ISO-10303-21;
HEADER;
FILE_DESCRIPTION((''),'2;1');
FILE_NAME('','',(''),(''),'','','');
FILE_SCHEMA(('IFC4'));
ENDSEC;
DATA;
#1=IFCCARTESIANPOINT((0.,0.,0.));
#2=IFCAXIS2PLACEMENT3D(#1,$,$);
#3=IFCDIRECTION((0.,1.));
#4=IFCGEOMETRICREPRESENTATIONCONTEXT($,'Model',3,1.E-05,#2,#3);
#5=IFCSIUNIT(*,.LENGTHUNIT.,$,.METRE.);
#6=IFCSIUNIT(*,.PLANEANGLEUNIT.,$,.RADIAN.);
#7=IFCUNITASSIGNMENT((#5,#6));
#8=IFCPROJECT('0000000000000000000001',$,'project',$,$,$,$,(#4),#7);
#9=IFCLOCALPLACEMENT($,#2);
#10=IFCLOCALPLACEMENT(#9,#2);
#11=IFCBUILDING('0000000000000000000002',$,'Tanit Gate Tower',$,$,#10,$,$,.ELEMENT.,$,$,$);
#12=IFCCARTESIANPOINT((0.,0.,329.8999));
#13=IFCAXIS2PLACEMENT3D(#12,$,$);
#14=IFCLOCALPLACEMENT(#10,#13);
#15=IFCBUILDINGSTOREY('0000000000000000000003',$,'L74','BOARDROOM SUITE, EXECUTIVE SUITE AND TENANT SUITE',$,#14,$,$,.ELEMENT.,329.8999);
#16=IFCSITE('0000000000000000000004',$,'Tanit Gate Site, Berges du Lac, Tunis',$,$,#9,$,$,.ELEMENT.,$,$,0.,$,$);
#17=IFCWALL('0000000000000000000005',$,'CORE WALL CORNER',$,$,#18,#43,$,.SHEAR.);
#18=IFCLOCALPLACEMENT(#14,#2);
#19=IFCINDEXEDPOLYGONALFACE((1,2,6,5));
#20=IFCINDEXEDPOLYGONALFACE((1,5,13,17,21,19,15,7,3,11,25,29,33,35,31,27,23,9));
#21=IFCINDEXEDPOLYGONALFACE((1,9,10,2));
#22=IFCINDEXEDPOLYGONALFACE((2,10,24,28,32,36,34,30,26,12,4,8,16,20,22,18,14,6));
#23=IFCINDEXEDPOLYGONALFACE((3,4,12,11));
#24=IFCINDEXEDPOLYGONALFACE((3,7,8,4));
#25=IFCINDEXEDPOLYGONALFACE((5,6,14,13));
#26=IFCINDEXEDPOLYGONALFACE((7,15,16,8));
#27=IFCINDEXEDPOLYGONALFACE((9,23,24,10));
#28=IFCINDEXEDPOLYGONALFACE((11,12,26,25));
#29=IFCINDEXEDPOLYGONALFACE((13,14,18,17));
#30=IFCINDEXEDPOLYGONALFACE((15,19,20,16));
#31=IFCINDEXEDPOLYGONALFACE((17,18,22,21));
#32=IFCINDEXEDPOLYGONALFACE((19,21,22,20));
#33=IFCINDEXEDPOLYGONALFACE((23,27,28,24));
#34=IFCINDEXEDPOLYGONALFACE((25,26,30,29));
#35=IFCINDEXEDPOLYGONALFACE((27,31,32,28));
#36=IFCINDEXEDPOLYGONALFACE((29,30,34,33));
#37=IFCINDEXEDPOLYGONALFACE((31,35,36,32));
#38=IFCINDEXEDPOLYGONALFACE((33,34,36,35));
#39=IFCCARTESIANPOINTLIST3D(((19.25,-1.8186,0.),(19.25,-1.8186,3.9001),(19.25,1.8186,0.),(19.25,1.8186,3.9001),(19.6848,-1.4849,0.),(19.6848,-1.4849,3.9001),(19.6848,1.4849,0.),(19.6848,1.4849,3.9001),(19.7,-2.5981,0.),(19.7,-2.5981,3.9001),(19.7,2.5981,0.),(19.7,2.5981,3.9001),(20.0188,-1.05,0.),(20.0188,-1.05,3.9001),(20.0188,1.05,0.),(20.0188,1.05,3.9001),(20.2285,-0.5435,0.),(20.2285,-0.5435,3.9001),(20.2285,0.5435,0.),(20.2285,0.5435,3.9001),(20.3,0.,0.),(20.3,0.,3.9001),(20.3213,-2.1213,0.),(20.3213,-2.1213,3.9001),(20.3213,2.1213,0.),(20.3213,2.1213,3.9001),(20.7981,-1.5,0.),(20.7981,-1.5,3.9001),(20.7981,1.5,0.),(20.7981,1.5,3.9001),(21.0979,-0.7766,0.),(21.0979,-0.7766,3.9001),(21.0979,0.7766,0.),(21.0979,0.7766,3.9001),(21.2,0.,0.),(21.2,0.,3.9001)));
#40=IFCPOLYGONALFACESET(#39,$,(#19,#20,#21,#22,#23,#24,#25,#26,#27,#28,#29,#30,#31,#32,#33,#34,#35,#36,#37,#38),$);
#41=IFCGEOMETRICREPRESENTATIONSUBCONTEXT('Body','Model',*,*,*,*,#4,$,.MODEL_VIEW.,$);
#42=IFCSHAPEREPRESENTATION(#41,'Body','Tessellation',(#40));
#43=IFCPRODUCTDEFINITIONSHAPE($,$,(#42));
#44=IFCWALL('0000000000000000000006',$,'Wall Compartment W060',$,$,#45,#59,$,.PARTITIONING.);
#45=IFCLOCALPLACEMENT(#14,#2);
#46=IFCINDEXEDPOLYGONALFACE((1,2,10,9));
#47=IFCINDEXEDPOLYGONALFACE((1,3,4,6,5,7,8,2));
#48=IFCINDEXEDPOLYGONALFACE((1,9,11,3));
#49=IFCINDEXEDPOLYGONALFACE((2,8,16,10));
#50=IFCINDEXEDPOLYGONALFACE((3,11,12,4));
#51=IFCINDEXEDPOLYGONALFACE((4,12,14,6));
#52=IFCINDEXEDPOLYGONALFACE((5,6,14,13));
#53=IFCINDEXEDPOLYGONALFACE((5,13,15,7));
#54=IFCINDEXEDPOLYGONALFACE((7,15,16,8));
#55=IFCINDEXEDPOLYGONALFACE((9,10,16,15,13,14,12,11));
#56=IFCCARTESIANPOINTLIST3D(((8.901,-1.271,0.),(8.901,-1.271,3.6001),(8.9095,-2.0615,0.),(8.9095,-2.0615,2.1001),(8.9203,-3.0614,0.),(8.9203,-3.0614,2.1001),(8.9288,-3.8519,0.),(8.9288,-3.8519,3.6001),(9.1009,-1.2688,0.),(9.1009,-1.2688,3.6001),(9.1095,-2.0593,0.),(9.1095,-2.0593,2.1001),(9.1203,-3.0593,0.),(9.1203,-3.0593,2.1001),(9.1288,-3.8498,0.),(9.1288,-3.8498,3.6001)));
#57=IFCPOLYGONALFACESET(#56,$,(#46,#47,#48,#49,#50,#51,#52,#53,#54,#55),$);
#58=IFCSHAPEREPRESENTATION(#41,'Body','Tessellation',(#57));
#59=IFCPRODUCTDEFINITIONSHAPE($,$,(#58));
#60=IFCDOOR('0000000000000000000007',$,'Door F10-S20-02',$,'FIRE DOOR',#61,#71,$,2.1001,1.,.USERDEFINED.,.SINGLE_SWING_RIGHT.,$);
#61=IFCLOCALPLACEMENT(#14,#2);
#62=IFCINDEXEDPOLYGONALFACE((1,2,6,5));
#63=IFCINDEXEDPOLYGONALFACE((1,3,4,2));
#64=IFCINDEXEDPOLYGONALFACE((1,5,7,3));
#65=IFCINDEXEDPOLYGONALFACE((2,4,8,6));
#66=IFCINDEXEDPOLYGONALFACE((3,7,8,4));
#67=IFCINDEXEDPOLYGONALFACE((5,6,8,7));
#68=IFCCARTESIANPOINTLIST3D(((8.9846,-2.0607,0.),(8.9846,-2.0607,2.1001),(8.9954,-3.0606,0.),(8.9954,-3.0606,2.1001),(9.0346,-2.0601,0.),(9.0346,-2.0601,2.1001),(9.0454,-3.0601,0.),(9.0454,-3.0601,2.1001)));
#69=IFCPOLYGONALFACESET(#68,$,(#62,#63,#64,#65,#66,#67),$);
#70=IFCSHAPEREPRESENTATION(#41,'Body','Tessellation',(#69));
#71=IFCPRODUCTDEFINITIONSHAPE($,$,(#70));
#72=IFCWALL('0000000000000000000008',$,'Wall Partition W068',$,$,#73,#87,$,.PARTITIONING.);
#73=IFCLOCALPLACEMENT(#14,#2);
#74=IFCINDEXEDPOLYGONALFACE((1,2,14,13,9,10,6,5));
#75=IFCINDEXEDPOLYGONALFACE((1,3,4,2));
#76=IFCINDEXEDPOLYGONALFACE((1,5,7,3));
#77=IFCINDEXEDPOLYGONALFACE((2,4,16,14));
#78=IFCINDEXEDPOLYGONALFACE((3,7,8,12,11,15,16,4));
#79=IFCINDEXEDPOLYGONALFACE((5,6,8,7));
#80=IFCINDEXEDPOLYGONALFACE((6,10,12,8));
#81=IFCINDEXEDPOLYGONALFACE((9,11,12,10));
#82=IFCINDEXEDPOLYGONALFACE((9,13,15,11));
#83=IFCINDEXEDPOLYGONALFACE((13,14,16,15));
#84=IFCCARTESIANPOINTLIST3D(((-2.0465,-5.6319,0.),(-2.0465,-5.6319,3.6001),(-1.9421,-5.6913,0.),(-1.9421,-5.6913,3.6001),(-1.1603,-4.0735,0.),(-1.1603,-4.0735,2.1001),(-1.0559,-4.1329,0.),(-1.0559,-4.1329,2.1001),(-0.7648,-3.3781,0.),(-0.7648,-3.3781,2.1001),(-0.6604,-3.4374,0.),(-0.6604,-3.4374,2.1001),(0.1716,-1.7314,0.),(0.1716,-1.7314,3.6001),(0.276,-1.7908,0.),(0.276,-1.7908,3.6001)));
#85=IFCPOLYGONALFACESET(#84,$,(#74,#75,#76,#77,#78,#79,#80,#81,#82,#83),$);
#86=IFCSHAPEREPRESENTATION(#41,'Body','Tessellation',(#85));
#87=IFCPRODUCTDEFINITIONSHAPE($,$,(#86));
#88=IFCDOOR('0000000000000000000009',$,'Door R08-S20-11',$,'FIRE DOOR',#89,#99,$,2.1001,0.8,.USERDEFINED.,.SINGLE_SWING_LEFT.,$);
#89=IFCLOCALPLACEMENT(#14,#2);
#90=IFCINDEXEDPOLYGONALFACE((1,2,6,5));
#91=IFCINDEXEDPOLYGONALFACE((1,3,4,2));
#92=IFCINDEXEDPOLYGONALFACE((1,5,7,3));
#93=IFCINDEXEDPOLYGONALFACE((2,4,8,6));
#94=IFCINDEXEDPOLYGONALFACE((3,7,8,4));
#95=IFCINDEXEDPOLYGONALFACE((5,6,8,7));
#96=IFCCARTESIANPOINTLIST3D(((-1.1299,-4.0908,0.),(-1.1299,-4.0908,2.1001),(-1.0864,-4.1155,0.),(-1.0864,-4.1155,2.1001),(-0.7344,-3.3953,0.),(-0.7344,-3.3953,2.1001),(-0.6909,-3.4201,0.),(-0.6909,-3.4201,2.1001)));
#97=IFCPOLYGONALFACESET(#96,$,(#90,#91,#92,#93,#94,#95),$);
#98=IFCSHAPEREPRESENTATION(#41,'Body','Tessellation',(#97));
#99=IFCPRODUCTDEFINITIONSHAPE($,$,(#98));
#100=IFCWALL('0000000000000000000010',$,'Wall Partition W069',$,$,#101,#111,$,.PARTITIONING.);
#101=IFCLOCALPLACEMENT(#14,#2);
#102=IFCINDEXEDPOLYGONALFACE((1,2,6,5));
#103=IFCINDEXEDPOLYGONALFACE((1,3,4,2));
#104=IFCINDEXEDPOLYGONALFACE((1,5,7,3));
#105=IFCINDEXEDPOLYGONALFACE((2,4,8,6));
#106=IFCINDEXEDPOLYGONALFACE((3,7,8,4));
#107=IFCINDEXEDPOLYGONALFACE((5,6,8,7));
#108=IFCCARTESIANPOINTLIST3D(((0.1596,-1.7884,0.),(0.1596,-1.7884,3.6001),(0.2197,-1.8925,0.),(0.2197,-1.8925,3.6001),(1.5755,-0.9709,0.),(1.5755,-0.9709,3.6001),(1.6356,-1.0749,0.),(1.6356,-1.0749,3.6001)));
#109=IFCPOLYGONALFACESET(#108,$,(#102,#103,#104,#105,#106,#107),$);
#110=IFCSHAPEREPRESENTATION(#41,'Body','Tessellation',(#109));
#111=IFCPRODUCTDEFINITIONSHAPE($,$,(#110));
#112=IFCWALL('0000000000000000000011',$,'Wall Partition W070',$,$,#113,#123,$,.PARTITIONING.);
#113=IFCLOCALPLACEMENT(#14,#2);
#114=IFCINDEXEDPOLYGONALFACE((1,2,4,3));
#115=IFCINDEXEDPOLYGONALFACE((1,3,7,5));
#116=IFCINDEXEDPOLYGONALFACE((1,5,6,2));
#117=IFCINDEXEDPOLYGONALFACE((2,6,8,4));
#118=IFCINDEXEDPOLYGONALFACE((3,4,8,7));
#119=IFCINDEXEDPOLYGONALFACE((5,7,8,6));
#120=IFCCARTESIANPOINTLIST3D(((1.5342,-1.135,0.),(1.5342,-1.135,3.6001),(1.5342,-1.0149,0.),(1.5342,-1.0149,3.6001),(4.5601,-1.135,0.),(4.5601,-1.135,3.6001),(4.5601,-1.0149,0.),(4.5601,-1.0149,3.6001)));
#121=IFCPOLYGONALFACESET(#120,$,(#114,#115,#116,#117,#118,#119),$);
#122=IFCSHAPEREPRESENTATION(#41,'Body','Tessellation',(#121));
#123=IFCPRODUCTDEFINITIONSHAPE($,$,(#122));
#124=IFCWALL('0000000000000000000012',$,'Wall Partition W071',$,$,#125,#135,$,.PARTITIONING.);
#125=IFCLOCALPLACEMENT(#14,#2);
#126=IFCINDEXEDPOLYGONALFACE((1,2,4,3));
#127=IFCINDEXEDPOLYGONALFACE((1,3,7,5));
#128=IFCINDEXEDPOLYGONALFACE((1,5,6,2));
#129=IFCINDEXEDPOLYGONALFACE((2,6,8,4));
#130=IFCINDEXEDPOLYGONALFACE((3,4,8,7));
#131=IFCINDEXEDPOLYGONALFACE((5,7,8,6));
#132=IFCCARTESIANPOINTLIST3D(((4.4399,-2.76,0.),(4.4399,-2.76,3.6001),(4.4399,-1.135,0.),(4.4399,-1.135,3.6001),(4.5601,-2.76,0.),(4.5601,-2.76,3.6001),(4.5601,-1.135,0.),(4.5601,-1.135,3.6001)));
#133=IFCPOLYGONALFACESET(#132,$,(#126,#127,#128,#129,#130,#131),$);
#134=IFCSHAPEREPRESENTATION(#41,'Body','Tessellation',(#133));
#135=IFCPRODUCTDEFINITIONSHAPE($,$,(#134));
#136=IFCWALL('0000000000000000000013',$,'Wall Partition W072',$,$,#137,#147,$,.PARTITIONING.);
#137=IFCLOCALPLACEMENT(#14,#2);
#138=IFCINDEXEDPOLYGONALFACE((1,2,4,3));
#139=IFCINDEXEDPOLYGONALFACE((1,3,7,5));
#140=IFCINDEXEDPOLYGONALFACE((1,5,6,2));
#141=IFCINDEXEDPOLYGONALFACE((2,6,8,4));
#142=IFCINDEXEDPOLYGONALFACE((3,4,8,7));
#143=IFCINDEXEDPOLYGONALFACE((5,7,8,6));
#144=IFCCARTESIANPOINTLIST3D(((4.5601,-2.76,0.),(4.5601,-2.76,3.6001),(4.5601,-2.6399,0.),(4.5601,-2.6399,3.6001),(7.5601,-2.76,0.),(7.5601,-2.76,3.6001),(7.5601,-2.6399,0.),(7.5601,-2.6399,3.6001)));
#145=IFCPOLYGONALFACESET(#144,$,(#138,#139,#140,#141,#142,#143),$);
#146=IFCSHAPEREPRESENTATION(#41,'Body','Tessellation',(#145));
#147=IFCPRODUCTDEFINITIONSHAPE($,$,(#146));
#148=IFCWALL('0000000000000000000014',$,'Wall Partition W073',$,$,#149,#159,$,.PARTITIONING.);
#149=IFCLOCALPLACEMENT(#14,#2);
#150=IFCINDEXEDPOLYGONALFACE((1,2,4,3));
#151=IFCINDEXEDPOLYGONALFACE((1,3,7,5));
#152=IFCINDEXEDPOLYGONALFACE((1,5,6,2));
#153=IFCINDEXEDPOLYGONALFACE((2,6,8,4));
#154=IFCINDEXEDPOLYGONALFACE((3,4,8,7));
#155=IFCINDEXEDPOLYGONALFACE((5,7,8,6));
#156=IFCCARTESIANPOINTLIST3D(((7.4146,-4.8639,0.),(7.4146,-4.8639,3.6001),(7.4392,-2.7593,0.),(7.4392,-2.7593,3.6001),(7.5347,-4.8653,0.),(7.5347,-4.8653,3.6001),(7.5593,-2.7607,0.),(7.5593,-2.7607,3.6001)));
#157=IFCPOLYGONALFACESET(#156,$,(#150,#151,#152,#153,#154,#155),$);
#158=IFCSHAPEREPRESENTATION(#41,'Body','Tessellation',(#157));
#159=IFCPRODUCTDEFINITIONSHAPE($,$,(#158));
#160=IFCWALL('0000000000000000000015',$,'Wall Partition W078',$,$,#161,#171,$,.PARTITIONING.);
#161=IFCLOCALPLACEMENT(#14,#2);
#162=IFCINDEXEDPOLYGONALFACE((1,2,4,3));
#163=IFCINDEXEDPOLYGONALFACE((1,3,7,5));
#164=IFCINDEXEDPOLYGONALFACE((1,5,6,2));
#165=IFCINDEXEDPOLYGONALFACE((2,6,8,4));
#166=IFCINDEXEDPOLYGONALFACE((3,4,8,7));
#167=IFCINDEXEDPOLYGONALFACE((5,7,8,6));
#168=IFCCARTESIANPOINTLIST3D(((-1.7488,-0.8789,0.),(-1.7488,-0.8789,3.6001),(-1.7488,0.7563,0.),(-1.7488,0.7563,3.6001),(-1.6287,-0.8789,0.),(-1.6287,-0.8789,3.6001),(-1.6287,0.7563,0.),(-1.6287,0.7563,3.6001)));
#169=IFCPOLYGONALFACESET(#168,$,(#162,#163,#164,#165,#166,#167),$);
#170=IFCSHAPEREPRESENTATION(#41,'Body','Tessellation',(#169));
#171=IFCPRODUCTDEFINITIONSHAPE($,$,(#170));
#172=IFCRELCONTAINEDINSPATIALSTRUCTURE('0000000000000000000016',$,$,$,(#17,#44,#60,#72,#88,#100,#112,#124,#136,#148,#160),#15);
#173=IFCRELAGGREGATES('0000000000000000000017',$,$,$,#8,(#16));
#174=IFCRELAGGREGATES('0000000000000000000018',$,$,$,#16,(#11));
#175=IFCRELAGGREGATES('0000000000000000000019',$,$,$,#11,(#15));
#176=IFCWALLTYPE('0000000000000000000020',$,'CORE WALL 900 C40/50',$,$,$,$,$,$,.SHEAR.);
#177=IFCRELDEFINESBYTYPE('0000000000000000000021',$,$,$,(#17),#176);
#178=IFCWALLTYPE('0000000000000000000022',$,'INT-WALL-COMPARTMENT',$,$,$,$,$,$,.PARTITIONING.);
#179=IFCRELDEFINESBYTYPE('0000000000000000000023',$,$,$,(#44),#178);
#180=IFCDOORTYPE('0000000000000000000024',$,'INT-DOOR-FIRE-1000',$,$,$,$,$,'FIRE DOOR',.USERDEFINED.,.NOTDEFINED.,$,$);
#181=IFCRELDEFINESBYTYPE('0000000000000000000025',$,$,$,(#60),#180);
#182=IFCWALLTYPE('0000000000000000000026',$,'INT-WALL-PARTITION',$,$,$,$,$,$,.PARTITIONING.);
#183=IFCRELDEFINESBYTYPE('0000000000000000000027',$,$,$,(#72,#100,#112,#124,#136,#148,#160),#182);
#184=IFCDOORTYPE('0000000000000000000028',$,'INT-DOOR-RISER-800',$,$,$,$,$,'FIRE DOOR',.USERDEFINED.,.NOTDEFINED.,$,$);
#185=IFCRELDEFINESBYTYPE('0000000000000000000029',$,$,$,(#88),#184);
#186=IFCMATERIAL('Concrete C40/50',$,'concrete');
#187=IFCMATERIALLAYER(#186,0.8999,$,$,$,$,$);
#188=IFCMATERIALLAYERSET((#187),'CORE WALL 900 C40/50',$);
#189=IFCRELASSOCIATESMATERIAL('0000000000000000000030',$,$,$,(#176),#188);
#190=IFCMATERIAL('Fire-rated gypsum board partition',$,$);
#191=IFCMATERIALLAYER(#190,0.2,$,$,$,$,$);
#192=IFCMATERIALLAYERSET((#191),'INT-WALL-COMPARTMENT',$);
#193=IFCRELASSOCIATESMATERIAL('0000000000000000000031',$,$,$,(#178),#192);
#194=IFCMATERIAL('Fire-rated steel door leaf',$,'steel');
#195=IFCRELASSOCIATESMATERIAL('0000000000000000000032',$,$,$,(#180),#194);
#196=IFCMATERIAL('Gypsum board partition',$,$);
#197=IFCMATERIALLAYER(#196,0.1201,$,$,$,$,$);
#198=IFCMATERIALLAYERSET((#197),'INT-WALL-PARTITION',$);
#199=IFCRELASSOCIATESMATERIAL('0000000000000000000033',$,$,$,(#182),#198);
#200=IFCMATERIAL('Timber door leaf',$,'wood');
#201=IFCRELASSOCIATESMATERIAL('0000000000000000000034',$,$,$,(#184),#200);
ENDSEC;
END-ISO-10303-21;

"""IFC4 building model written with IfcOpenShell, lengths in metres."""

from ifc_helpers import new_model, si_unit, direction, frame, frame_2d, origin, place, context, subcontext, project, spatial, polyline, rectangle, outline, extrude, material, layer, layer_set, type_object, element, fill, save


model = new_model("IFC4")

# Units and contexts
model_context = context("Model", 3, precision=1e-05, world=origin(), true_north=direction((0.0, 1.0)))
body_context = subcontext(model_context, "Body", "Model", "MODEL_VIEW")
ifc_project = project(units=[si_unit("LENGTHUNIT", "METRE"), si_unit("PLANEANGLEUNIT", "RADIAN")], contexts=[model_context])

# Site, building, storey
site_placement = place(None, origin())
site = spatial("IfcSite", under=ifc_project, at=site_placement, Name="Tanit Gate Site, Berges du Lac, Tunis", CompositionType="ELEMENT", RefElevation=0.0)
building_placement = place(site_placement, origin())
building = spatial("IfcBuilding", under=site, at=building_placement, Name="Tanit Gate Tower", CompositionType="ELEMENT")
storey_placement = place(building_placement, frame((0.0, 0.0, 329.8999)))
storey = spatial("IfcBuildingStorey", under=building, at=storey_placement, Name="L74", Description="BOARDROOM SUITE, EXECUTIVE SUITE AND TENANT SUITE", CompositionType="ELEMENT", Elevation=329.8999)

# Wall
ifc_material_1 = material(Name="Concrete C40/50", Category="concrete")
ifc_layer_1 = layer(ifc_material_1, 0.8999)
ifc_layer_set_1 = layer_set([ifc_layer_1], Name="CORE WALL 900 C40/50")
wall_type_1 = type_object("IfcWallType", Name="CORE WALL 900 C40/50", PredefinedType="SHEAR", material=ifc_layer_set_1)
wall_1_placement = place(storey_placement, origin())
element("IfcWall", 1, at=wall_1_placement, inside=storey, type_object=wall_type_1, Name="CORE WALL CORNER", PredefinedType="SHEAR", context=body_context, shape_type="SweptSolid", body=[
    extrude(outline(polyline([(19.7, -2.5981), (20.3213, -2.1213), (20.7981, -1.5), (21.0979, -0.7766), (21.2, 0.0), (21.0979, 0.7766), (20.7981, 1.5), (20.3213, 2.1213), (19.7, 2.5981), (19.25, 1.8186), (19.6848, 1.4849), (20.0188, 1.05), (20.2285, 0.5435), (20.3, 0.0), (20.2285, -0.5435), (20.0188, -1.05), (19.6848, -1.4849), (19.25, -1.8186), (19.7, -2.5981)])), origin(), (0.0, 0.0, 1.0), 3.9001),
])

# Walls, openings, doors
ifc_material_2 = material(Name="Fire-rated gypsum board partition")
ifc_layer_2 = layer(ifc_material_2, 0.2)
ifc_layer_set_2 = layer_set([ifc_layer_2], Name="INT-WALL-COMPARTMENT")
wall_type_2 = type_object("IfcWallType", Name="INT-WALL-COMPARTMENT", PredefinedType="PARTITIONING", material=ifc_layer_set_2)
wall_2_placement = place(storey_placement, frame((9.0288, -3.8508, 0.0), z_axis=(0.0, 0.0, 1.0), x_axis=(-0.010784, 0.999942, 0.0)))
wall_2 = element("IfcWall", 2, at=wall_2_placement, inside=storey, type_object=wall_type_2, Name="Wall Compartment W060", PredefinedType="PARTITIONING", context=body_context, shape_type="SweptSolid", body=[
    extrude(rectangle(XDim=2.5811, YDim=0.2, at=frame_2d((1.2905, 0.0))), origin(), (0.0, 0.0, 1.0), 3.6001),
])
opening_1_placement = place(wall_2_placement, frame((0.7905, 0.0, 0.0)))
opening_1 = element("IfcOpeningElement", 3, at=opening_1_placement, cuts=wall_2, PredefinedType="OPENING", context=body_context, shape_type="SweptSolid", body=[
    extrude(rectangle(XDim=1.0, YDim=2.1001, at=frame_2d((0.5, 1.05))), frame((0.0, 0.1099, 0.0), z_axis=(0.0, -1.0, 0.0), x_axis=(1.0, 0.0, 0.0)), (0.0, 0.0, 1.0), 0.22),
])
ifc_material_3 = material(Name="Fire-rated steel door leaf", Category="steel")
door_type_1 = type_object("IfcDoorType", Name="INT-DOOR-FIRE-1000", ElementType="FIRE DOOR", OperationType="NOTDEFINED", PredefinedType="USERDEFINED", material=ifc_material_3)
door_1_placement = place(opening_1_placement, origin())
door_1 = element("IfcDoor", 4, at=door_1_placement, inside=storey, type_object=door_type_1, Name="Door F10-S20-02", ObjectType="FIRE DOOR", OperationType="SINGLE_SWING_RIGHT", OverallHeight=2.1001, OverallWidth=1.0, PredefinedType="USERDEFINED", context=body_context, shape_type="SweptSolid", body=[
    extrude(rectangle(XDim=1.0, YDim=2.1001, at=frame_2d((0.5, 1.05))), frame((0.0, 0.0249, 0.0), z_axis=(0.0, -1.0, 0.0), x_axis=(1.0, 0.0, 0.0)), (0.0, 0.0, 1.0), 0.05),
])
fill(opening_1, door_1)
ifc_material_4 = material(Name="Gypsum board partition")
ifc_layer_3 = layer(ifc_material_4, 0.1201)
ifc_layer_set_3 = layer_set([ifc_layer_3], Name="INT-WALL-PARTITION")
wall_type_3 = type_object("IfcWallType", Name="INT-WALL-PARTITION", PredefinedType="PARTITIONING", material=ifc_layer_set_3)
wall_3_placement = place(storey_placement, frame((0.2239, -1.761, 0.0), z_axis=(0.0, 0.0, 1.0), x_axis=(-0.494327, -0.869276, 0.0)))
wall_3 = element("IfcWall", 5, at=wall_3_placement, inside=storey, type_object=wall_type_3, Name="Wall Partition W068", PredefinedType="PARTITIONING", context=body_context, shape_type="SweptSolid", body=[
    extrude(rectangle(XDim=4.4871, YDim=0.1201, at=frame_2d((2.2437, 0.0))), origin(), (0.0, 0.0, 1.0), 3.6001),
])
opening_2_placement = place(wall_3_placement, frame((1.8945, 0.0, 0.0)))
opening_2 = element("IfcOpeningElement", 6, at=opening_2_placement, cuts=wall_3, PredefinedType="OPENING", context=body_context, shape_type="SweptSolid", body=[
    extrude(rectangle(XDim=0.8, YDim=2.1001, at=frame_2d((0.3999, 1.05))), frame((0.0, 0.0701, 0.0), z_axis=(0.0, -1.0, 0.0), x_axis=(1.0, 0.0, 0.0)), (0.0, 0.0, 1.0), 0.1401),
])
ifc_material_5 = material(Name="Timber door leaf", Category="wood")
door_type_2 = type_object("IfcDoorType", Name="INT-DOOR-RISER-800", ElementType="FIRE DOOR", OperationType="NOTDEFINED", PredefinedType="USERDEFINED", material=ifc_material_5)
door_2_placement = place(opening_2_placement, origin())
door_2 = element("IfcDoor", 7, at=door_2_placement, inside=storey, type_object=door_type_2, Name="Door R08-S20-11", ObjectType="FIRE DOOR", OperationType="SINGLE_SWING_LEFT", OverallHeight=2.1001, OverallWidth=0.8, PredefinedType="USERDEFINED", context=body_context, shape_type="SweptSolid", body=[
    extrude(rectangle(XDim=0.8, YDim=2.1001, at=frame_2d((0.3999, 1.05))), frame((0.0, 0.0249, 0.0), z_axis=(0.0, -1.0, 0.0), x_axis=(1.0, 0.0, 0.0)), (0.0, 0.0, 1.0), 0.05),
])
fill(opening_2, door_2)

# Walls
wall_4_placement = place(storey_placement, frame((1.6055, -1.0229, 0.0), z_axis=(0.0, 0.0, 1.0), x_axis=(-0.866002, -0.500041, 0.0)))
element("IfcWall", 8, at=wall_4_placement, inside=storey, type_object=wall_type_3, Name="Wall Partition W069", PredefinedType="PARTITIONING", context=body_context, shape_type="SweptSolid", body=[
    extrude(rectangle(XDim=1.635, YDim=0.1201, at=frame_2d((0.8174, 0.0))), origin(), (0.0, 0.0, 1.0), 3.6001),
])
wall_5_placement = place(storey_placement, frame((4.5601, -1.075, 0.0), z_axis=(0.0, 0.0, 1.0), x_axis=(-1.0, 0.0, 0.0)))
element("IfcWall", 9, at=wall_5_placement, inside=storey, type_object=wall_type_3, Name="Wall Partition W070", PredefinedType="PARTITIONING", context=body_context, shape_type="SweptSolid", body=[
    extrude(rectangle(XDim=3.0259, YDim=0.1201, at=frame_2d((1.5129, 0.0))), origin(), (0.0, 0.0, 1.0), 3.6001),
])
wall_6_placement = place(storey_placement, frame((4.5, -2.76, 0.0), z_axis=(0.0, 0.0, 1.0), x_axis=(0.0, 1.0, 0.0)))
element("IfcWall", 10, at=wall_6_placement, inside=storey, type_object=wall_type_3, Name="Wall Partition W071", PredefinedType="PARTITIONING", context=body_context, shape_type="SweptSolid", body=[
    extrude(rectangle(XDim=1.625, YDim=0.1201, at=frame_2d((0.8125, 0.0))), origin(), (0.0, 0.0, 1.0), 3.6001),
])
wall_7_placement = place(storey_placement, frame((7.5601, -2.7, 0.0), z_axis=(0.0, 0.0, 1.0), x_axis=(-1.0, 0.0, 0.0)))
element("IfcWall", 11, at=wall_7_placement, inside=storey, type_object=wall_type_3, Name="Wall Partition W072", PredefinedType="PARTITIONING", context=body_context, shape_type="SweptSolid", body=[
    extrude(rectangle(XDim=3.0, YDim=0.1201, at=frame_2d((1.5, 0.0))), origin(), (0.0, 0.0, 1.0), 3.6001),
])
wall_8_placement = place(storey_placement, frame((7.4746, -4.8645, 0.0), z_axis=(0.0, 0.0, 1.0), x_axis=(0.011716, 0.999931, 0.0)))
element("IfcWall", 12, at=wall_8_placement, inside=storey, type_object=wall_type_3, Name="Wall Partition W073", PredefinedType="PARTITIONING", context=body_context, shape_type="SweptSolid", body=[
    extrude(rectangle(XDim=2.1047, YDim=0.1201, at=frame_2d((1.0522, 0.0))), origin(), (0.0, 0.0, 1.0), 3.6001),
])
wall_9_placement = place(storey_placement, frame((-1.6887, -0.8789, 0.0), z_axis=(0.0, 0.0, 1.0), x_axis=(0.0, 1.0, 0.0)))
element("IfcWall", 13, at=wall_9_placement, inside=storey, type_object=wall_type_3, Name="Wall Partition W078", PredefinedType="PARTITIONING", context=body_context, shape_type="SweptSolid", body=[
    extrude(rectangle(XDim=1.6353, YDim=0.1201, at=frame_2d((0.8176, 0.0))), origin(), (0.0, 0.0, 1.0), 3.6001),
])

save(model, "model.ifc")
